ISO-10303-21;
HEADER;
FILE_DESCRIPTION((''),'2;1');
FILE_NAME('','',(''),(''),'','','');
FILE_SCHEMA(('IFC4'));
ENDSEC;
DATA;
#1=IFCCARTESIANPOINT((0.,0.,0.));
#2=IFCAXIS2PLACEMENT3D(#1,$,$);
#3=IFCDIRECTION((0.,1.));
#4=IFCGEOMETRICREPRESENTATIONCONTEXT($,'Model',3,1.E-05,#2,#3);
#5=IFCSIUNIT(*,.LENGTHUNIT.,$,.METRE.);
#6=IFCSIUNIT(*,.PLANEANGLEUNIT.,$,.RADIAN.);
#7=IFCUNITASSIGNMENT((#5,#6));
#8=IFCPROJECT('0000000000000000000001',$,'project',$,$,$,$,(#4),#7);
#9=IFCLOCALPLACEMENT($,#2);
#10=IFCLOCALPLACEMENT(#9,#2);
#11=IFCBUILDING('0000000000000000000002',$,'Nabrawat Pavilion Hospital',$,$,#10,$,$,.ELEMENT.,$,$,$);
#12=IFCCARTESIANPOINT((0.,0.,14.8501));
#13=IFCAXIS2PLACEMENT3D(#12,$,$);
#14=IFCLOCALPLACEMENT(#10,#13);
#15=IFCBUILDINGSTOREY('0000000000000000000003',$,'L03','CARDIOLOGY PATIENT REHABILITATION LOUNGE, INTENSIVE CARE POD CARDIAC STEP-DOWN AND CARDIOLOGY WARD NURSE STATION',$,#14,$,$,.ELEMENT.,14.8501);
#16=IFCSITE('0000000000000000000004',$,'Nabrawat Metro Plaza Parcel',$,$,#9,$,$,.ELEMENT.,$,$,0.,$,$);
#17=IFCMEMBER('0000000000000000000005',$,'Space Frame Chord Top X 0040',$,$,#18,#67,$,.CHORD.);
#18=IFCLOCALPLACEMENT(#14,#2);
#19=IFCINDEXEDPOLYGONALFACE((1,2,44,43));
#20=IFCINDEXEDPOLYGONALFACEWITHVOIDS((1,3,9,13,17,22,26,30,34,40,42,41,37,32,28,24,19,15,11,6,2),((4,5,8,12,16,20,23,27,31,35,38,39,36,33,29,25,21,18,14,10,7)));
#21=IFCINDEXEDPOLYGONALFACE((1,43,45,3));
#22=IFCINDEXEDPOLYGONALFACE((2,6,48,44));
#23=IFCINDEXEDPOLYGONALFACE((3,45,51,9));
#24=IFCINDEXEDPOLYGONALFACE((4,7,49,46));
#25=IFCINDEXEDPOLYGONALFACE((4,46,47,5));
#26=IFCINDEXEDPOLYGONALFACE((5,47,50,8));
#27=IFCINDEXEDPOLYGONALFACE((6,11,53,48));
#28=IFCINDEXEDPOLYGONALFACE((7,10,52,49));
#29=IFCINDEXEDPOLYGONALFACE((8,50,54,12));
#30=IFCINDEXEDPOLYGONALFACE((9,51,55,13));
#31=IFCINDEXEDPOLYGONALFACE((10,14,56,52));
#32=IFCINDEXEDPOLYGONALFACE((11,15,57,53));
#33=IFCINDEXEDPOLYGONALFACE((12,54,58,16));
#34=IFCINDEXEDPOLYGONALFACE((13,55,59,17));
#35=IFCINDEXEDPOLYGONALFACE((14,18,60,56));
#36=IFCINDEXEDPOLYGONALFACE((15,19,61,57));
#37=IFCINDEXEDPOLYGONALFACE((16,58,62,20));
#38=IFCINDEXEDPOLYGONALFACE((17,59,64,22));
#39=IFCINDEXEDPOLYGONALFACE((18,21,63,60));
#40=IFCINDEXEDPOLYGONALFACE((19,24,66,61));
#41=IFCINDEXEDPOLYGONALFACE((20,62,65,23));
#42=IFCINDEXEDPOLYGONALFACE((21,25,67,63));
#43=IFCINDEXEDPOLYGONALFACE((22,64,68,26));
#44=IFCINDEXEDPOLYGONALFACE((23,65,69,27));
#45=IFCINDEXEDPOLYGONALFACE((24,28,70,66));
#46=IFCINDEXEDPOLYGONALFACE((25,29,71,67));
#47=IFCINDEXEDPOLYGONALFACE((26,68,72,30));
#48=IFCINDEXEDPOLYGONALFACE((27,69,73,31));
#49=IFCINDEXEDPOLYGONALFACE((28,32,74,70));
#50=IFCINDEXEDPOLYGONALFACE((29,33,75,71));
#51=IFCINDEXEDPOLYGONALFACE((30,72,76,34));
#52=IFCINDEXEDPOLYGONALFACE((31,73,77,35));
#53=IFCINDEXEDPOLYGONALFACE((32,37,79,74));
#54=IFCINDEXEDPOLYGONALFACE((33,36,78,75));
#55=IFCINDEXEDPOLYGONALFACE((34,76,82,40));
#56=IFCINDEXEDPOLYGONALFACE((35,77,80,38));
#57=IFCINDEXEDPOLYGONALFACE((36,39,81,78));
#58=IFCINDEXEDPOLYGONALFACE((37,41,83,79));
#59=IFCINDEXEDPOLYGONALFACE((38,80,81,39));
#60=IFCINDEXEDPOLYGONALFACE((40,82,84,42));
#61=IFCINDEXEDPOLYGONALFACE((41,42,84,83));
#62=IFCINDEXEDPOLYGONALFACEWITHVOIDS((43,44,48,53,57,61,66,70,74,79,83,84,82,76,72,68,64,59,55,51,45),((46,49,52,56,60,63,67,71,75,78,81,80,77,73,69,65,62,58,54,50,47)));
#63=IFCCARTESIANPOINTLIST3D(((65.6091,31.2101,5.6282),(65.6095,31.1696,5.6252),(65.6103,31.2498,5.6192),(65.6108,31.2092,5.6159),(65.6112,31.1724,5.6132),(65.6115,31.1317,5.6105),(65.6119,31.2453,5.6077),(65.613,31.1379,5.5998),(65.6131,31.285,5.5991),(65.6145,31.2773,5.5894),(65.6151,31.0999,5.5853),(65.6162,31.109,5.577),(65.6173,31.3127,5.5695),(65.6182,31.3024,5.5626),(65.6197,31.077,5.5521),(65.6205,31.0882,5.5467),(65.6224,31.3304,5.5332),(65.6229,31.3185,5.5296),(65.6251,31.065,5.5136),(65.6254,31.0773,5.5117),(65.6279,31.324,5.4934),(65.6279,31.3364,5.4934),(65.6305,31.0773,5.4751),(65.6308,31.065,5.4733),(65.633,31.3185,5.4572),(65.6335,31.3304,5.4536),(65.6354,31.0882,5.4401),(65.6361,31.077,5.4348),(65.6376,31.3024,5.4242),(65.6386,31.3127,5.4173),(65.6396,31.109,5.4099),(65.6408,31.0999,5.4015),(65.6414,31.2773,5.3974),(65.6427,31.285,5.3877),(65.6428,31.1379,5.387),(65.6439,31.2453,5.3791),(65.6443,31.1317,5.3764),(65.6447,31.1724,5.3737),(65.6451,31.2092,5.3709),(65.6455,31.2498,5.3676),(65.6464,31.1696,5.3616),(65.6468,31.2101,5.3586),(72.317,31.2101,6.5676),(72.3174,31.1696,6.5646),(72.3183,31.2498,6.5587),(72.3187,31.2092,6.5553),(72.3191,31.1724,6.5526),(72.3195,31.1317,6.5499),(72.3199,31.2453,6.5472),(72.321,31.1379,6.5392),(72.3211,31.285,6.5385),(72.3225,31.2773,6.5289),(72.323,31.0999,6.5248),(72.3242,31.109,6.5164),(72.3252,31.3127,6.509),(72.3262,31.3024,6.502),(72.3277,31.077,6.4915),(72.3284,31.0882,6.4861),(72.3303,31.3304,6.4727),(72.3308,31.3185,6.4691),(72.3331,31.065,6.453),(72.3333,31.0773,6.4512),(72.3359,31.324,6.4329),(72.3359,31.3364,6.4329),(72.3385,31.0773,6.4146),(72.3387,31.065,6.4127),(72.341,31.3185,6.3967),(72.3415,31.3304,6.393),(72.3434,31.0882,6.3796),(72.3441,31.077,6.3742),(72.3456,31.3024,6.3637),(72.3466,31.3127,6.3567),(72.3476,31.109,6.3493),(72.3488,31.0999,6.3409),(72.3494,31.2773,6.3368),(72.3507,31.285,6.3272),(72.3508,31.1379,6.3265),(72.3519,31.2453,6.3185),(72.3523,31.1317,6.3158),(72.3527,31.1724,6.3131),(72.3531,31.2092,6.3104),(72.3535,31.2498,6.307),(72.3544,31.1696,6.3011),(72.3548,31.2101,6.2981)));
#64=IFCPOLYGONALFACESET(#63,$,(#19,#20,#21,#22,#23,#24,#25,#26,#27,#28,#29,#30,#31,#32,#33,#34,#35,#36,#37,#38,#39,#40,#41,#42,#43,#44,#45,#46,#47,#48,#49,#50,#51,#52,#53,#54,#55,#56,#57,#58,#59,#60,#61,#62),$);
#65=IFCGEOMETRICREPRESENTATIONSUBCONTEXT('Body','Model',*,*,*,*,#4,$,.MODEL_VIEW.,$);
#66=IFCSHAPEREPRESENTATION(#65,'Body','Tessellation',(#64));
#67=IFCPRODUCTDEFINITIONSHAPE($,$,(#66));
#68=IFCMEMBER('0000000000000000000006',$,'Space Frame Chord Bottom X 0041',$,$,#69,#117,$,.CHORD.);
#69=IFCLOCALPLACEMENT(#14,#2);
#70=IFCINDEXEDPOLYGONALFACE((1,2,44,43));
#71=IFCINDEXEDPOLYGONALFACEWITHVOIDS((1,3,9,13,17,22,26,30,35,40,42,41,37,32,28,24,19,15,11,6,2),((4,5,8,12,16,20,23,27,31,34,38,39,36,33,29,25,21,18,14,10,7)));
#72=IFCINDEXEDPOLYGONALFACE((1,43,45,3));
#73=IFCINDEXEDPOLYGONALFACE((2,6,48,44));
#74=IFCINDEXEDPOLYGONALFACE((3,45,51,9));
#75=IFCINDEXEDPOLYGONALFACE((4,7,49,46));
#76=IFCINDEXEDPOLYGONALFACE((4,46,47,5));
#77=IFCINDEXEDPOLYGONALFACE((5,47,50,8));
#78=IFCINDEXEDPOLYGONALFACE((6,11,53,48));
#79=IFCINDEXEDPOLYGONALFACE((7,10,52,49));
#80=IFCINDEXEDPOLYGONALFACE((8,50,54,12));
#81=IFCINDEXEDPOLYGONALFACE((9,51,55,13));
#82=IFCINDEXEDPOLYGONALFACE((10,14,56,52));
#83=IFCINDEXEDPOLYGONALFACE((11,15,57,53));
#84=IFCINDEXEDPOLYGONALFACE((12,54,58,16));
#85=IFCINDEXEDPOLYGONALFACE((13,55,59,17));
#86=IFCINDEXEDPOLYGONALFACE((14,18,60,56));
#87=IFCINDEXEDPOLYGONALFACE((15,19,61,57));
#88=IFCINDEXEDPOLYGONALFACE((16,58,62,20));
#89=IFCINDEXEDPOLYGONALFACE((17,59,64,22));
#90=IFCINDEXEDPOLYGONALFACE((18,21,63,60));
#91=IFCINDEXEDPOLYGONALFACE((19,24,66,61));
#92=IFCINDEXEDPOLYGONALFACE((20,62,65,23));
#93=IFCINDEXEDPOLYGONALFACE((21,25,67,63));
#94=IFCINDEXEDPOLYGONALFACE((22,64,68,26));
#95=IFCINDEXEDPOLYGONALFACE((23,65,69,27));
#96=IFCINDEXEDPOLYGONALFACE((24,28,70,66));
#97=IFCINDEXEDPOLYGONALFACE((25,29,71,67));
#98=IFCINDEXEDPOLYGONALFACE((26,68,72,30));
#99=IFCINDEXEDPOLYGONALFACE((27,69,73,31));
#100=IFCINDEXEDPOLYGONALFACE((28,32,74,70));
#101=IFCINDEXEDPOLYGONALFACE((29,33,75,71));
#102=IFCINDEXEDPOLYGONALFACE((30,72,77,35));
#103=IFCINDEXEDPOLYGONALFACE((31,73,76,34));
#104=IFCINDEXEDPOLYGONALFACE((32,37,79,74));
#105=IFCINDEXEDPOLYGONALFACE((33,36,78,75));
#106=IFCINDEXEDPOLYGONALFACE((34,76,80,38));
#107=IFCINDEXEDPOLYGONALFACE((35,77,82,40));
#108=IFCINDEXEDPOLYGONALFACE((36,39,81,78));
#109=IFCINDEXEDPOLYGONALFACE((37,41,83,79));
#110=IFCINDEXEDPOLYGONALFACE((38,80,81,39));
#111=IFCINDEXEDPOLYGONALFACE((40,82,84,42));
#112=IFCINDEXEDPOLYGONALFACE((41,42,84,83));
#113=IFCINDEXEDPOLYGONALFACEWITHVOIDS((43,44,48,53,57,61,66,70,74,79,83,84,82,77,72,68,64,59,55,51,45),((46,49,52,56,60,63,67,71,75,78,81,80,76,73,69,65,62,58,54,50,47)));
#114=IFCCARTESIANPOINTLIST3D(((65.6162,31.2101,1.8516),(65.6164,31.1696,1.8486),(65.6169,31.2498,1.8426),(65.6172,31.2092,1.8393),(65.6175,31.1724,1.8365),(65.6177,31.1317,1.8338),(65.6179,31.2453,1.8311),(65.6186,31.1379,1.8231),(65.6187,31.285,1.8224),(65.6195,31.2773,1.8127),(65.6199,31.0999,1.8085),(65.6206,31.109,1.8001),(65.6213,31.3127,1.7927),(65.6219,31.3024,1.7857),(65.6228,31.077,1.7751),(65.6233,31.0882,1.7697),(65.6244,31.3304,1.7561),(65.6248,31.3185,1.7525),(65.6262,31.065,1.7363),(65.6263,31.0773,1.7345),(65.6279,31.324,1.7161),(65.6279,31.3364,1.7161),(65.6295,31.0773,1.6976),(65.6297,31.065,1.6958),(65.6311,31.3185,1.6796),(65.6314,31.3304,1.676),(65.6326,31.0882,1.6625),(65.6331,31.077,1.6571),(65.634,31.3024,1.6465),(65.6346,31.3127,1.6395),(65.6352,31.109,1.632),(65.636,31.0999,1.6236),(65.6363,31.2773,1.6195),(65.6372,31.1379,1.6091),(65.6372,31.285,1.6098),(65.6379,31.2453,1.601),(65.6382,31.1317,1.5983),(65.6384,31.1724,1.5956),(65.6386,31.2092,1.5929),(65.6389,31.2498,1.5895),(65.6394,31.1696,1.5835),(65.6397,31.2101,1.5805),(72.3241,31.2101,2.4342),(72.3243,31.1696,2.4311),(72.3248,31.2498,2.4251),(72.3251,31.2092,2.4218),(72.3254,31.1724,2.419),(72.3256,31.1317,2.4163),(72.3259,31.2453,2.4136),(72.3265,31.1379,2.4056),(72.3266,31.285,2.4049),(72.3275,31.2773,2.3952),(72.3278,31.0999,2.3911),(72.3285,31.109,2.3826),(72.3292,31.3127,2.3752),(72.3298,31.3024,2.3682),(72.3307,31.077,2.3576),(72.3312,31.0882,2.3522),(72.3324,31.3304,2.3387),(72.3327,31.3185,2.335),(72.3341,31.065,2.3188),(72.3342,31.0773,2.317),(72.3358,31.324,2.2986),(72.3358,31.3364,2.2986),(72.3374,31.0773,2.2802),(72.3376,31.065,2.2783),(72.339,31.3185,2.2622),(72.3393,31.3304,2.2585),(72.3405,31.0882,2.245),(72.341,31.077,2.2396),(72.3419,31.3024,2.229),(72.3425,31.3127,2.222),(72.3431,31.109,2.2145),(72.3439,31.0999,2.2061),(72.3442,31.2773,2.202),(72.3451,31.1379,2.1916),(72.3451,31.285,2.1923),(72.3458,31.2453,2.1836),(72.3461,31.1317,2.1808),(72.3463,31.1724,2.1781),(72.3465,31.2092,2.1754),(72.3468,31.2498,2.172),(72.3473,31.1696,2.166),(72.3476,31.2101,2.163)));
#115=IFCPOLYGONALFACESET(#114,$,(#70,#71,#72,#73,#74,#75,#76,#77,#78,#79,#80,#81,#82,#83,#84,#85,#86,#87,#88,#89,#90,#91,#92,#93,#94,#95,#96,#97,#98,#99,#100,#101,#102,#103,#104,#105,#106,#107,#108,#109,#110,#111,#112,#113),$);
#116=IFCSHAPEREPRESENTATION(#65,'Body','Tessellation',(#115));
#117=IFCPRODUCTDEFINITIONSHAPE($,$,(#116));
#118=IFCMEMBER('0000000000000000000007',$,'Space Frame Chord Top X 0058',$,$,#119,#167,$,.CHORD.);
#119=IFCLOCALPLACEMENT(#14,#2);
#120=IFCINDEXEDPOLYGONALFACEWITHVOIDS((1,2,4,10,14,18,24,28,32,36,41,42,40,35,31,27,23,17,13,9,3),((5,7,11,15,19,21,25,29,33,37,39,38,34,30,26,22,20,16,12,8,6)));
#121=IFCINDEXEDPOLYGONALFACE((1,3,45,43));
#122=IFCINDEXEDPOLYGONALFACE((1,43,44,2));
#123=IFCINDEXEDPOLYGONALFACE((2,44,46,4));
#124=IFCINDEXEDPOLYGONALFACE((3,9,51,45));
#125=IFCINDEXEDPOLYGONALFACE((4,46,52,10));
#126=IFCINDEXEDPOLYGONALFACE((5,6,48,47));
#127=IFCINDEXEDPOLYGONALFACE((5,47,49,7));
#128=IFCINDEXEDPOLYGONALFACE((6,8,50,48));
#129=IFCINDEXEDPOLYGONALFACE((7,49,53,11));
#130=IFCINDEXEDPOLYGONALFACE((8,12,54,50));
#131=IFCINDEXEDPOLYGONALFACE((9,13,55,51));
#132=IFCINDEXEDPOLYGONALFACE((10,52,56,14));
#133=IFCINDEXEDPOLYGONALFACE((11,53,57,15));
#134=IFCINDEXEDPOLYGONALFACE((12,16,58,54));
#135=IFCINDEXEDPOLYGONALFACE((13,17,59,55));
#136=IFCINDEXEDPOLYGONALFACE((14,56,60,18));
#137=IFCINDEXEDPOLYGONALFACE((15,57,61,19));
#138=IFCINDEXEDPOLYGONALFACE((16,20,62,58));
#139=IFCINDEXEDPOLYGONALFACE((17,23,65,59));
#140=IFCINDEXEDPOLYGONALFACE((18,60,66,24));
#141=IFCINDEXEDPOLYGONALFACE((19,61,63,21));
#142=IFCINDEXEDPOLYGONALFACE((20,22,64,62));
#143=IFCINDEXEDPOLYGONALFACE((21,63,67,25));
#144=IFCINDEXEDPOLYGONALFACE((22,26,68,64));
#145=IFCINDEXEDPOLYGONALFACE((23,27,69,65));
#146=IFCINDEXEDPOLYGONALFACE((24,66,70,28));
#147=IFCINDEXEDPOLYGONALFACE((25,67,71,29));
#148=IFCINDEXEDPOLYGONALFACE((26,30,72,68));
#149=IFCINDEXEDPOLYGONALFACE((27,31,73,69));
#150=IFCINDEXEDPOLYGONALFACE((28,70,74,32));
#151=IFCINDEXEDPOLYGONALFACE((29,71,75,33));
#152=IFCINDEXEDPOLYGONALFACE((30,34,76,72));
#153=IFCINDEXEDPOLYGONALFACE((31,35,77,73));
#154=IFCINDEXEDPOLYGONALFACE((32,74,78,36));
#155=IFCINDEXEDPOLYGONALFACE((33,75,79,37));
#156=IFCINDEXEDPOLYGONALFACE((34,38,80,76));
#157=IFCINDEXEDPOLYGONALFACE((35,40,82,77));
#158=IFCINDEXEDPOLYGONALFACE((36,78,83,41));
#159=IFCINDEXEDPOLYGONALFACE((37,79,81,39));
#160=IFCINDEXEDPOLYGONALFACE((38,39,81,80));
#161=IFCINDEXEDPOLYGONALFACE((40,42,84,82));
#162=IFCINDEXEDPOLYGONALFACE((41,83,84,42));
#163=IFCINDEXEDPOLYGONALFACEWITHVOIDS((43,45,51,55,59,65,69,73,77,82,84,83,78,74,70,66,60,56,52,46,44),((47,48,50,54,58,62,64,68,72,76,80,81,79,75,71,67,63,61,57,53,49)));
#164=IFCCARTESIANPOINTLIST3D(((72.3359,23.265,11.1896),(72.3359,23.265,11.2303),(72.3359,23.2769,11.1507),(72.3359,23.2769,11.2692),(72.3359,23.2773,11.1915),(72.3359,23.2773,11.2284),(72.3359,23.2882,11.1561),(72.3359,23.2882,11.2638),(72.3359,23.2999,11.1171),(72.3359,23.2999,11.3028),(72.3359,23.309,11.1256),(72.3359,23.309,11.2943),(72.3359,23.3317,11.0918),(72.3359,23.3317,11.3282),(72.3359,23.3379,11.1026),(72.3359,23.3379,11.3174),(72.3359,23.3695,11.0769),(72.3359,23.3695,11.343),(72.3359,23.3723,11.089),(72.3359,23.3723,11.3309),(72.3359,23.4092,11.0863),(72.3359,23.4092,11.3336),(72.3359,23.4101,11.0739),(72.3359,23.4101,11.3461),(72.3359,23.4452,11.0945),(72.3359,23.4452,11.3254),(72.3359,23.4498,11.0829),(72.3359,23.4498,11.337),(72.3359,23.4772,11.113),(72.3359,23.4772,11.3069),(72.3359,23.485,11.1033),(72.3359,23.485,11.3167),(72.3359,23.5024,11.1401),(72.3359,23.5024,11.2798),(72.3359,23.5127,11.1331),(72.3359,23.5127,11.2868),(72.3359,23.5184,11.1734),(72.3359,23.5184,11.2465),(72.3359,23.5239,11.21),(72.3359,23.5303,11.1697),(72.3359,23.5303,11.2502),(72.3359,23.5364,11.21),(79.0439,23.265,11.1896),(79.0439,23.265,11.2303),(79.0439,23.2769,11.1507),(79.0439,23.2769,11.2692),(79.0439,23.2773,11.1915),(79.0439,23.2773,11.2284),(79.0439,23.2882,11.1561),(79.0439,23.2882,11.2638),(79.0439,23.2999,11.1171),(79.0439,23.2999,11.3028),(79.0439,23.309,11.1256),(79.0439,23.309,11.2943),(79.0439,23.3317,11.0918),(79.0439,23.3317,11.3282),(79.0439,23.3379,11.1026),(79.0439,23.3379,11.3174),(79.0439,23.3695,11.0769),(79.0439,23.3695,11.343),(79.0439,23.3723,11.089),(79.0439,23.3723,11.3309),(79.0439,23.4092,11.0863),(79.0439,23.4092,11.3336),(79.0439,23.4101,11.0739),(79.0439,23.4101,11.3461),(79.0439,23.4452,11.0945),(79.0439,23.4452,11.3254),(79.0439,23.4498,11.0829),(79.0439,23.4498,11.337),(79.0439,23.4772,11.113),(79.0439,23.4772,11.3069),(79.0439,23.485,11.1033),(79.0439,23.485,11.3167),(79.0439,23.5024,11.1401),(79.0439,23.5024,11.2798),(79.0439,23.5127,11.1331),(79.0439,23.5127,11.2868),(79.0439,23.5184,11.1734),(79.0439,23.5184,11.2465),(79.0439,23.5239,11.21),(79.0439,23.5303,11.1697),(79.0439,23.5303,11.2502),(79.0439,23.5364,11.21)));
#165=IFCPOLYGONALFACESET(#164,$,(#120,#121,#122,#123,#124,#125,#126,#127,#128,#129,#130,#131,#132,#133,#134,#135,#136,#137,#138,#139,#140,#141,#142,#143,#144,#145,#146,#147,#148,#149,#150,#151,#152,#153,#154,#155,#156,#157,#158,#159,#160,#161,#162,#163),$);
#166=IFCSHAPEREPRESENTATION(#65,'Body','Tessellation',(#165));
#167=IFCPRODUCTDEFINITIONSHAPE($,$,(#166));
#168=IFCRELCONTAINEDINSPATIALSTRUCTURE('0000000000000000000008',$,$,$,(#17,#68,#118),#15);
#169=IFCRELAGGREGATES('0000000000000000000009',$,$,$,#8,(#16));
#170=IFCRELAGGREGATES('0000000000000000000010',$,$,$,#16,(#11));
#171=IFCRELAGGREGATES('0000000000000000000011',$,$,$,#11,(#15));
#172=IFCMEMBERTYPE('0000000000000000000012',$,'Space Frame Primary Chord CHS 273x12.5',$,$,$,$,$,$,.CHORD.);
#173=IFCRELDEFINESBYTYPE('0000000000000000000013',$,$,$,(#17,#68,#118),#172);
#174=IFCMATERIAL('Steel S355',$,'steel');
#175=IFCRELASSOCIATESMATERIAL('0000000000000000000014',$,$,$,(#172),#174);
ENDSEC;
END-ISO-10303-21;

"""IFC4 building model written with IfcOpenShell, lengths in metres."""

from ifc_helpers import new_model, si_unit, direction, frame, origin, origin_2d, place, context, subcontext, project, spatial, hollow_circle, extrude, material, material_profile, profile_set, type_object, element, save


model = new_model("IFC4")

# Units and contexts
model_context = context("Model", 3, precision=1e-05, world=origin(), true_north=direction((0.0, 1.0)))
body_context = subcontext(model_context, "Body", "Model", "MODEL_VIEW")
ifc_project = project(units=[si_unit("LENGTHUNIT", "METRE"), si_unit("PLANEANGLEUNIT", "RADIAN")], contexts=[model_context])

# Site, building, storey
site_placement = place(None, origin())
site = spatial("IfcSite", under=ifc_project, at=site_placement, Name="Nabrawat Metro Plaza Parcel", CompositionType="ELEMENT", RefElevation=0.0)
building_placement = place(site_placement, origin())
building = spatial("IfcBuilding", under=site, at=building_placement, Name="Nabrawat Pavilion Hospital", CompositionType="ELEMENT")
storey_placement = place(building_placement, frame((0.0, 0.0, 14.8501)))
storey = spatial("IfcBuildingStorey", under=building, at=storey_placement, Name="L03", Description="CARDIOLOGY PATIENT REHABILITATION LOUNGE, INTENSIVE CARE POD CARDIAC STEP-DOWN AND CARDIOLOGY WARD NURSE STATION", CompositionType="ELEMENT", Elevation=14.8501)

# Members
ifc_material = material(Name="Steel S355", Category="steel")
ifc_material_profile_1 = material_profile(ifc_material, hollow_circle(Radius=0.1365, WallThickness=0.0125, at=origin_2d()), Name="CHS 273x12.5")
ifc_profile_set_1 = profile_set([ifc_material_profile_1], Name="Steel S355")
member_type_1 = type_object("IfcMemberType", Name="Space Frame Primary Chord CHS 273x12.5", PredefinedType="CHORD", material=ifc_profile_set_1)
member_1_placement = place(storey_placement, frame((65.6279, 31.2, 5.4934), z_axis=(0.990335, 0.0, 0.138696), x_axis=(0.0, 1.0, 0.0)))
element("IfcMember", 1, at=member_1_placement, inside=storey, type_object=member_type_1, Name="Space Frame Chord Top X 0040", PredefinedType="CHORD", context=body_context, shape_type="SweptSolid", body=[
    extrude(hollow_circle(Radius=0.1365, WallThickness=0.0125, at=origin_2d()), origin(), (0.0, 0.0, 1.0), 6.7734),
])
member_2_placement = place(storey_placement, frame((65.6279, 31.2, 1.7161), z_axis=(0.996251, 0.0, 0.086514), x_axis=(0.0, 1.0, 0.0)))
element("IfcMember", 2, at=member_2_placement, inside=storey, type_object=member_type_1, Name="Space Frame Chord Bottom X 0041", PredefinedType="CHORD", context=body_context, shape_type="SweptSolid", body=[
    extrude(hollow_circle(Radius=0.1365, WallThickness=0.0125, at=origin_2d()), origin(), (0.0, 0.0, 1.0), 6.7332),
])
for number, where, z_axis, x_axis, name in (
    (3, (72.3359, 23.3999, 11.21), (1.0, 0.0, 0.0), (0.0, 1.0, 0.0), "Space Frame Chord Top X 0058"),
):
    element("IfcMember", number, at=place(storey_placement, frame(where, z_axis=z_axis, x_axis=x_axis)), inside=storey, type_object=member_type_1, Name=name, PredefinedType="CHORD", context=body_context, shape_type="SweptSolid", body=[
        extrude(hollow_circle(Radius=0.1365, WallThickness=0.0125, at=origin_2d()), origin(), (0.0, 0.0, 1.0), 6.708),
    ])

save(model, "model.ifc")
